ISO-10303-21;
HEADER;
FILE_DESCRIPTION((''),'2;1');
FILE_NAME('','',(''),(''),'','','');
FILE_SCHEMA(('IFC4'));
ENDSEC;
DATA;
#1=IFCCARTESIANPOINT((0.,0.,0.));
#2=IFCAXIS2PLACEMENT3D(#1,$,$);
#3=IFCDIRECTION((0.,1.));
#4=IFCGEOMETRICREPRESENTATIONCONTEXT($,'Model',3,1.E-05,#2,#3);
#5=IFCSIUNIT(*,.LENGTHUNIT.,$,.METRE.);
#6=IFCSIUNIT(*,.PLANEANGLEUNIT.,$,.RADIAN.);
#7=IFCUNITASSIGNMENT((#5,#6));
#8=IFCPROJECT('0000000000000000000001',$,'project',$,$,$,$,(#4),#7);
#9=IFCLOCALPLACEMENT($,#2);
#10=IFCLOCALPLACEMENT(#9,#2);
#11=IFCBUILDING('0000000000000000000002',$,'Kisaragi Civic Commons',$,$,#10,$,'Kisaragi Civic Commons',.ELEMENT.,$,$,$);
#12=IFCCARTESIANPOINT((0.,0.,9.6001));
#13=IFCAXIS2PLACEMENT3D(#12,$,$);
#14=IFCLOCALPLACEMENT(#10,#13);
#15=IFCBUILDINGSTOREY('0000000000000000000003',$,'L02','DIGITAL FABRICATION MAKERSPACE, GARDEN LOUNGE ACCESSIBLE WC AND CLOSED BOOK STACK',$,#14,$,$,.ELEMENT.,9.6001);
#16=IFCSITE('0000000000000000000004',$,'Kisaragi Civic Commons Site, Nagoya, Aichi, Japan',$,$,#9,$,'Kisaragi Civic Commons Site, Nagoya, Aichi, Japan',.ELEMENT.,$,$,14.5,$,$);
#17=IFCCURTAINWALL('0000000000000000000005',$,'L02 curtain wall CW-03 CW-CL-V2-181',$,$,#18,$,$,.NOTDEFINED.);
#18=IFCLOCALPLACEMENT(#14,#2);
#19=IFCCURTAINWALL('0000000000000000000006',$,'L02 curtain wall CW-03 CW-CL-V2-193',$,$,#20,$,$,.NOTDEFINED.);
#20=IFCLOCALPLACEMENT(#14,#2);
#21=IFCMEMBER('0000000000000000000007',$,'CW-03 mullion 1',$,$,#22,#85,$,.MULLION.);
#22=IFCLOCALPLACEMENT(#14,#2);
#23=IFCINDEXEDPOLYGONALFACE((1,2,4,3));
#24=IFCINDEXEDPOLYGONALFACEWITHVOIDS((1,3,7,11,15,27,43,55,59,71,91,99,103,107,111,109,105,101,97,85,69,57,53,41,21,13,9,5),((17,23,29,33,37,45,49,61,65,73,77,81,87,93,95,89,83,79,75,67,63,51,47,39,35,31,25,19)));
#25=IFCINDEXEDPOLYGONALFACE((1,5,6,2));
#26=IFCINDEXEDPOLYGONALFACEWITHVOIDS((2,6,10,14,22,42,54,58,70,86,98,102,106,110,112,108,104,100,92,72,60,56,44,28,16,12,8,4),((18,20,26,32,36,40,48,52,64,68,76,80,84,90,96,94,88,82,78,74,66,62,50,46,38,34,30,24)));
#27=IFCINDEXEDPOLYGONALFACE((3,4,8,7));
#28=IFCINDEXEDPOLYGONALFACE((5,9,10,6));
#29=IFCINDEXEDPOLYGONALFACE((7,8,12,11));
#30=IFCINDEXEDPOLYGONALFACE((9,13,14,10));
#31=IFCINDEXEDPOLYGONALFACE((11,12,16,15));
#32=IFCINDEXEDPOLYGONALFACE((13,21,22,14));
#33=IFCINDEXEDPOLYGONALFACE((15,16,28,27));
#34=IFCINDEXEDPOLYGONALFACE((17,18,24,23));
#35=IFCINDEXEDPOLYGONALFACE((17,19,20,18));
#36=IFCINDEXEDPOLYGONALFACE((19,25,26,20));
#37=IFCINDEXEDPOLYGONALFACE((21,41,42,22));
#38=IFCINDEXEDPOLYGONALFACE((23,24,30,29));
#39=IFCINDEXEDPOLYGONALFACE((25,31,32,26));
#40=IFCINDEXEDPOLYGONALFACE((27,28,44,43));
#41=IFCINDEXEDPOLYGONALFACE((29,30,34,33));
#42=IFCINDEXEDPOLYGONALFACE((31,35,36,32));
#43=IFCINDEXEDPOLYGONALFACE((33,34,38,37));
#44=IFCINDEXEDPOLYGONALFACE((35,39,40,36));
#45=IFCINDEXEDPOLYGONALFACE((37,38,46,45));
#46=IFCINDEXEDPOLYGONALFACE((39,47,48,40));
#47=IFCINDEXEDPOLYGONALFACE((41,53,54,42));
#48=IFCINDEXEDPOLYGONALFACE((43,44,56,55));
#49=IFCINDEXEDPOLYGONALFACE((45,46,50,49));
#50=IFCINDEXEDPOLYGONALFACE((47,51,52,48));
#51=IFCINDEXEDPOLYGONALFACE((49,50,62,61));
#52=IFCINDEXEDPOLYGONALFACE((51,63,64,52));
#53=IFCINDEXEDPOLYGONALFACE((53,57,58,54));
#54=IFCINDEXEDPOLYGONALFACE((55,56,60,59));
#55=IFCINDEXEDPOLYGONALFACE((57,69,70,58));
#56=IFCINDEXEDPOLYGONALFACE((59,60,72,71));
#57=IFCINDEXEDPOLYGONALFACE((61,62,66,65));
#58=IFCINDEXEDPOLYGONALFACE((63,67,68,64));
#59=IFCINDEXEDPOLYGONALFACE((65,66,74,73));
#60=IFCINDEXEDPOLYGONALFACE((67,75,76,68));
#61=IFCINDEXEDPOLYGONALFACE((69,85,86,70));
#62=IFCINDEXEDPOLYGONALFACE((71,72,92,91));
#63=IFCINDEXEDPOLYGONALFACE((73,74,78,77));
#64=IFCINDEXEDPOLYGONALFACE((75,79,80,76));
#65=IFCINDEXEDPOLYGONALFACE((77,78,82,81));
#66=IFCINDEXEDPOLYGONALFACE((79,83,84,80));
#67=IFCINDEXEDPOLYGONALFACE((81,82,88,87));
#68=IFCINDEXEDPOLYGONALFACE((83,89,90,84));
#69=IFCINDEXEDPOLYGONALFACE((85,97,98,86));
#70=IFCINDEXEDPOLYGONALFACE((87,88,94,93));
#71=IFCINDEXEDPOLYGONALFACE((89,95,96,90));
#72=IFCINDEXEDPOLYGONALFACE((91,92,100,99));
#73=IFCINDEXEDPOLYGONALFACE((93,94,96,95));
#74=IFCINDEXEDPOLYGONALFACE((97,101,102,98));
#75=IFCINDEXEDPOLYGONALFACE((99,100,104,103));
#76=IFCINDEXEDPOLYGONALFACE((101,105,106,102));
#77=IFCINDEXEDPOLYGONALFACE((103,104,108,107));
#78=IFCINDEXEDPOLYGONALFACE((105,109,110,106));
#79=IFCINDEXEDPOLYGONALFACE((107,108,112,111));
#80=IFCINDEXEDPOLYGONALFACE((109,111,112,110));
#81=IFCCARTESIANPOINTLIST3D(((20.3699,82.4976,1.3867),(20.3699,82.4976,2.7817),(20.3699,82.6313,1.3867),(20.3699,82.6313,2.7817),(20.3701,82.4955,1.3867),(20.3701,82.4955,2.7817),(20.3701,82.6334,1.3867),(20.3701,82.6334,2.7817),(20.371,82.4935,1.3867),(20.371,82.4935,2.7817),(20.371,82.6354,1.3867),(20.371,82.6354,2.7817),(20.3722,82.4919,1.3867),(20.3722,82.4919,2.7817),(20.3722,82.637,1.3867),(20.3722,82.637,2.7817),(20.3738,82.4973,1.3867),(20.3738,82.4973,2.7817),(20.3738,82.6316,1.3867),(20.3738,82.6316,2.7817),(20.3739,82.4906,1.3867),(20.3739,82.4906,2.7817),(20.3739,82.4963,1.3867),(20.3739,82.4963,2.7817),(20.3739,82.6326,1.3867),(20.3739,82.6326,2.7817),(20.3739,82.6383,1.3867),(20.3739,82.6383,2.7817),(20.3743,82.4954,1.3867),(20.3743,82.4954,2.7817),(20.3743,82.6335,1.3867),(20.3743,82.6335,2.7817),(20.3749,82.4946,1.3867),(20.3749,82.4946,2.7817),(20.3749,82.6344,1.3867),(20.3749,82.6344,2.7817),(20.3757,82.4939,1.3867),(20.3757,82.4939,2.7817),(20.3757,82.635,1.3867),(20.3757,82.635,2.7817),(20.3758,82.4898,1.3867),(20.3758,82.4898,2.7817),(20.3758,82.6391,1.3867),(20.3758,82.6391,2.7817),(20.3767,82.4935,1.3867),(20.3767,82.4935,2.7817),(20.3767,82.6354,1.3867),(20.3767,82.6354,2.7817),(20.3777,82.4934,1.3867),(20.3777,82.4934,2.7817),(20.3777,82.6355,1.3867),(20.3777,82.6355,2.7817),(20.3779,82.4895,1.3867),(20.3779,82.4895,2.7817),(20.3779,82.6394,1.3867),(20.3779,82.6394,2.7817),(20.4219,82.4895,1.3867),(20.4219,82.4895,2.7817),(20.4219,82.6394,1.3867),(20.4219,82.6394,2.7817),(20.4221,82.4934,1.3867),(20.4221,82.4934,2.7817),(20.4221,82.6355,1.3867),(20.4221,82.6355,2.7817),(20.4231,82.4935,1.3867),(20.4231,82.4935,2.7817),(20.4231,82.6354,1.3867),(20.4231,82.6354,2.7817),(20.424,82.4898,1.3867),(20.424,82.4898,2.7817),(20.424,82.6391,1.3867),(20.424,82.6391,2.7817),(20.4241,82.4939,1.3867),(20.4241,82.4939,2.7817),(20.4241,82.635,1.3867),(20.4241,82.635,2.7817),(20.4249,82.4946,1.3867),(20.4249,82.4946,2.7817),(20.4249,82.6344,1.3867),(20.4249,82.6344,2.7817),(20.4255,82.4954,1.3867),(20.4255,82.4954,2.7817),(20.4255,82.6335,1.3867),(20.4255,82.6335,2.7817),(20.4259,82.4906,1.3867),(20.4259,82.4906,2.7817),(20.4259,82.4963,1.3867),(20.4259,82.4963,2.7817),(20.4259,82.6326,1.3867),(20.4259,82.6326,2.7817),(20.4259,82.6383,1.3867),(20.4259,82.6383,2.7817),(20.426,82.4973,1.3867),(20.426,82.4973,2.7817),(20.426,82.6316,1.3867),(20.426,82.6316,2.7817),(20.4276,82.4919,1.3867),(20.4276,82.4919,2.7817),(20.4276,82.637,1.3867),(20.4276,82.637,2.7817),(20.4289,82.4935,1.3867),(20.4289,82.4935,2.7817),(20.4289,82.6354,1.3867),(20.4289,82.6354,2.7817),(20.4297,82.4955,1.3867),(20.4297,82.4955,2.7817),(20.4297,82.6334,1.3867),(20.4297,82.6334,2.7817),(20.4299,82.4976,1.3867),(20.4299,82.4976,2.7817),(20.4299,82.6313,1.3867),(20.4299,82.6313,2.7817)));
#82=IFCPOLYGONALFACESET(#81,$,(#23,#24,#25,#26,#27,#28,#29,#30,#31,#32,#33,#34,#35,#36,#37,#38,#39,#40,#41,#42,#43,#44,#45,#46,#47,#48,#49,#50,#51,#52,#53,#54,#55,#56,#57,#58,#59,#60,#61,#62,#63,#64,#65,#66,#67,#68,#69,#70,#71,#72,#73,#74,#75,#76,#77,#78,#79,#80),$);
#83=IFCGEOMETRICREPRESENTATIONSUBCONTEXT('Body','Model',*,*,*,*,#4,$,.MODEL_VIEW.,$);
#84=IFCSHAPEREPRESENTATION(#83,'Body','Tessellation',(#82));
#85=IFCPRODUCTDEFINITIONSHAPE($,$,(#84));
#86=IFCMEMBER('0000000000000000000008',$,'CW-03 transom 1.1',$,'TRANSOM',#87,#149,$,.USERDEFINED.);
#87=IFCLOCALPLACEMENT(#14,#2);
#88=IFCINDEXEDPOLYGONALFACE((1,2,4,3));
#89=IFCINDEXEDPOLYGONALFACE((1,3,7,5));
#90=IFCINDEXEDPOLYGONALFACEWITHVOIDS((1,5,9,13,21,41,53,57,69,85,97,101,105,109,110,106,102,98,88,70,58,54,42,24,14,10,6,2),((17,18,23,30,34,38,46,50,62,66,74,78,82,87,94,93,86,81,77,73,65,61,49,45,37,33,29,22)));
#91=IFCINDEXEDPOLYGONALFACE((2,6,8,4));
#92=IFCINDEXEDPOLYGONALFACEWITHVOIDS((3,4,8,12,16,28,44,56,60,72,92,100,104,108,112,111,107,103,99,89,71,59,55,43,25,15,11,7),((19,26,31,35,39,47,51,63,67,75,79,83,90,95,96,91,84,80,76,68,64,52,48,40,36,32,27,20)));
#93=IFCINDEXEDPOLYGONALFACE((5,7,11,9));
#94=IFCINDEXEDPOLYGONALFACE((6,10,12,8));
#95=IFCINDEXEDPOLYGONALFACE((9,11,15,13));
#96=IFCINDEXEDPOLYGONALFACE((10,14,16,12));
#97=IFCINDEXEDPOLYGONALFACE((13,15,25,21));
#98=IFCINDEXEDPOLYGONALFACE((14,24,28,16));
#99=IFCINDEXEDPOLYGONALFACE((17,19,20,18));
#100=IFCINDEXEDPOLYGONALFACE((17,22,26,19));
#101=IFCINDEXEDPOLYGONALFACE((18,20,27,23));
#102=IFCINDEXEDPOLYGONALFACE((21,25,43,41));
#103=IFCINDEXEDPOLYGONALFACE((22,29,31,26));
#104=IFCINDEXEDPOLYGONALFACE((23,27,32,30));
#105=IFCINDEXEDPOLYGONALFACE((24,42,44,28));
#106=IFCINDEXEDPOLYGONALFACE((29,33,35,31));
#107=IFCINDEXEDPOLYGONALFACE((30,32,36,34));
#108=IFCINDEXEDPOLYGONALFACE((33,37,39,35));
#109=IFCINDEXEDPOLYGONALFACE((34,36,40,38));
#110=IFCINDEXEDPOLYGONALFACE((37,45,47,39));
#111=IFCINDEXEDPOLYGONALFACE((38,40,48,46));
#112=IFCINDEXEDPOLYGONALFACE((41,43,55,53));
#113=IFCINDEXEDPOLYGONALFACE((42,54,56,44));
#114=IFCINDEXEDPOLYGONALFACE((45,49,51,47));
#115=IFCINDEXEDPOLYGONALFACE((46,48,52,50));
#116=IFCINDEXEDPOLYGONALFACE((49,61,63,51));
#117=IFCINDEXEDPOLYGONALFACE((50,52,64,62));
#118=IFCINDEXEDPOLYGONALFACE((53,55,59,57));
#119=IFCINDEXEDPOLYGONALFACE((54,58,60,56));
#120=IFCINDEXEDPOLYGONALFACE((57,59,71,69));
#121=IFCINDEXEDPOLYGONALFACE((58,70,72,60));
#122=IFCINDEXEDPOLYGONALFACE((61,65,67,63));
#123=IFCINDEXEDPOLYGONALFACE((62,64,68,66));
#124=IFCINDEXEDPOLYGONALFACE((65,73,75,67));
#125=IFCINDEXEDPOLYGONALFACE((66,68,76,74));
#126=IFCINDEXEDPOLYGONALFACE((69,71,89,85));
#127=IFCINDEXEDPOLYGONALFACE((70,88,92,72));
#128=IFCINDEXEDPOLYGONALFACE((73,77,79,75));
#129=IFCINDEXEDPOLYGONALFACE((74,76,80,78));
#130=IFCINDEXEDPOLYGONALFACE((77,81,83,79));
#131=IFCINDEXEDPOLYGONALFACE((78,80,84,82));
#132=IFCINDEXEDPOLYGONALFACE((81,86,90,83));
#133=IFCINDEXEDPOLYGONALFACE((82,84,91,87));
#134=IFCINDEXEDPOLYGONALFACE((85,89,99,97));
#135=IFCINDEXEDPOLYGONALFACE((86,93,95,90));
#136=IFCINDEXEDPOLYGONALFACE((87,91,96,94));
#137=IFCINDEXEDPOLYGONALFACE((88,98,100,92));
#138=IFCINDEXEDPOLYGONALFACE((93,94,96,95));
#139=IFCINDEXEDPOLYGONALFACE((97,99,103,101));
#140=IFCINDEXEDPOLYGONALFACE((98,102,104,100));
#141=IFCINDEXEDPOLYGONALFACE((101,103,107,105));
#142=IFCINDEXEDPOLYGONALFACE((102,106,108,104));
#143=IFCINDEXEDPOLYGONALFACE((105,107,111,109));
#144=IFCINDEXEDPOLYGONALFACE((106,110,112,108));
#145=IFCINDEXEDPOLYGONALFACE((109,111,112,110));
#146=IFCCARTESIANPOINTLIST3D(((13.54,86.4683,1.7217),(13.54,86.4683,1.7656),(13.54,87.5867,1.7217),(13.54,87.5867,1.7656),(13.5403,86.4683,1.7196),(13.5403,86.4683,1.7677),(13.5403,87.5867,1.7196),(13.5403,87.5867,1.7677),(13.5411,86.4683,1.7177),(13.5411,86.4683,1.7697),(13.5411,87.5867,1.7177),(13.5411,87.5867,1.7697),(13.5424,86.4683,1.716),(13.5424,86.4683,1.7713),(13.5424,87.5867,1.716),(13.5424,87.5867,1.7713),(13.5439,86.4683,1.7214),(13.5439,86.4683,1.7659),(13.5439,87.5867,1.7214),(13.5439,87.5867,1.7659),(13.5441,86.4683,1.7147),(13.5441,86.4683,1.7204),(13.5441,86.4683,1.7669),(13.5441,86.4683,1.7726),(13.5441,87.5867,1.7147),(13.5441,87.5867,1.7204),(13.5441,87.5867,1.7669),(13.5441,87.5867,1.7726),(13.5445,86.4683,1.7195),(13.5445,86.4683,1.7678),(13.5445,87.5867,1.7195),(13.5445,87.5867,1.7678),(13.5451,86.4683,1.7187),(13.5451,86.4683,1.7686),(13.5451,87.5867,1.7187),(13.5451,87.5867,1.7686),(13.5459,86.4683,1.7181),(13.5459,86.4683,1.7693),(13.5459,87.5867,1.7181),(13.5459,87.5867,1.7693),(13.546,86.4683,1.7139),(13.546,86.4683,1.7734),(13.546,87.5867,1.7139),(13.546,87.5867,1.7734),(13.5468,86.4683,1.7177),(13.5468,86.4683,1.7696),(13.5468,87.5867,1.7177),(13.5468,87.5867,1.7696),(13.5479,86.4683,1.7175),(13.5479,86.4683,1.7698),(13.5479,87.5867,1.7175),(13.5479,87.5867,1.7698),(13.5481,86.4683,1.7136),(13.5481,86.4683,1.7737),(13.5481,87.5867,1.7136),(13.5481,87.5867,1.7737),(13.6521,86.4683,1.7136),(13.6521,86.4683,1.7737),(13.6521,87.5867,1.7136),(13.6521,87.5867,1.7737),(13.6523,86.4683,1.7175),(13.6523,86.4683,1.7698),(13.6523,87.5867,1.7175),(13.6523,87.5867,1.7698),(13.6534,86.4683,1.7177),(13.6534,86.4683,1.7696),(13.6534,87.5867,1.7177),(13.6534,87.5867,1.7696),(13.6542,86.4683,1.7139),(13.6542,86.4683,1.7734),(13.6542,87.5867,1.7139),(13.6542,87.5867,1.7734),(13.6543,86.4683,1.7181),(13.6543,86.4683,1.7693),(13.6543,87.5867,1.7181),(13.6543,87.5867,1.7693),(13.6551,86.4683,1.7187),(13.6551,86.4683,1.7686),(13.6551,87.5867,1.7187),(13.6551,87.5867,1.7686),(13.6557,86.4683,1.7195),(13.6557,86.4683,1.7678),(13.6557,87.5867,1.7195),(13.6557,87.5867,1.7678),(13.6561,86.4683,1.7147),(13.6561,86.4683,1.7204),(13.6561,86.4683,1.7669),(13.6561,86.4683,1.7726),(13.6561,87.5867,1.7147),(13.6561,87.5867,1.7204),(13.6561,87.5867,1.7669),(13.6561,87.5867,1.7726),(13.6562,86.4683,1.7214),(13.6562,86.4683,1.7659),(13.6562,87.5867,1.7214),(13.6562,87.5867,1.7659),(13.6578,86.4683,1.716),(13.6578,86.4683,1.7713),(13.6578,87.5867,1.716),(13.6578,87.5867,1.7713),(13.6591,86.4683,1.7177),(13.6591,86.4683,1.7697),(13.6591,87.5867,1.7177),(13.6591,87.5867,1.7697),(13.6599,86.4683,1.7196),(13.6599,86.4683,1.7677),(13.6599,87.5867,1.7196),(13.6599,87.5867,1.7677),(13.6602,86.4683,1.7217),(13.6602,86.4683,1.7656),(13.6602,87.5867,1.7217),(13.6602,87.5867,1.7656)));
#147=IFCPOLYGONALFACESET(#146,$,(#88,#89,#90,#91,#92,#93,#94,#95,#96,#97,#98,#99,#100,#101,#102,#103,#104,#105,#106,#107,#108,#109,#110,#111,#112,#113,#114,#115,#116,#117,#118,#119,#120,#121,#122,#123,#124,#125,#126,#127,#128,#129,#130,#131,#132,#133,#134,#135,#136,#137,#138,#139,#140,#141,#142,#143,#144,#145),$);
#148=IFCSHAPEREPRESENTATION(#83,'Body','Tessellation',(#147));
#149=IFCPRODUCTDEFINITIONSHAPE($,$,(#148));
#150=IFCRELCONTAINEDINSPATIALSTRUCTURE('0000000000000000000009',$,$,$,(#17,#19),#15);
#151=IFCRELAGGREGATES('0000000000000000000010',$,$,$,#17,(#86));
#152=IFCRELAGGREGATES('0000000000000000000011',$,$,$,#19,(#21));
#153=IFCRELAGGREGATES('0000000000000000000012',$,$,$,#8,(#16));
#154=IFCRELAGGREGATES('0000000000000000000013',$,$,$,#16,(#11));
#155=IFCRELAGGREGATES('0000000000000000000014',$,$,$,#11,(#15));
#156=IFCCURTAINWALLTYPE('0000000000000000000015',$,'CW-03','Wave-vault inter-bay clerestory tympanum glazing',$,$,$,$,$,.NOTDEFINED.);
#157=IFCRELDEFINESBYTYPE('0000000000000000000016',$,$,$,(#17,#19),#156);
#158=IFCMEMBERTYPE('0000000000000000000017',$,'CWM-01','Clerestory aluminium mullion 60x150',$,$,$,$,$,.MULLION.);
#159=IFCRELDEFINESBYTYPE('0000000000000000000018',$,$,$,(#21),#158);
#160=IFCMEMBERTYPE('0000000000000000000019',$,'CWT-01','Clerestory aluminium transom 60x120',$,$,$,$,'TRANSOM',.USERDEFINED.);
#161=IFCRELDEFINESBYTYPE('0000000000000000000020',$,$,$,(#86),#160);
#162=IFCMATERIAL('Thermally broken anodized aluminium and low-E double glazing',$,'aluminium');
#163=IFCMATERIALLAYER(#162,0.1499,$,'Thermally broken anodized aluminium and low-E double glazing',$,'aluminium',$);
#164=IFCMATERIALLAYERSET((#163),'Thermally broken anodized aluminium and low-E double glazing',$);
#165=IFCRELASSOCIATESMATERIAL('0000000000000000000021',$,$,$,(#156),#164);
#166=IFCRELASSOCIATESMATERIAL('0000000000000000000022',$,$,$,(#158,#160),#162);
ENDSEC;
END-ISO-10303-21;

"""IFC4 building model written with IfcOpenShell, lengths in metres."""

from ifc_helpers import new_model, si_unit, direction, frame, origin, origin_2d, place, context, subcontext, project, spatial, hollow_rectangle, extrude, material, layer, layer_set, material_profile, profile_set, type_object, element, aggregate, save


model = new_model("IFC4")

# Units and contexts
model_context = context("Model", 3, precision=1e-05, world=origin(), true_north=direction((0.0, 1.0)))
body_context = subcontext(model_context, "Body", "Model", "MODEL_VIEW")
ifc_project = project(units=[si_unit("LENGTHUNIT", "METRE"), si_unit("PLANEANGLEUNIT", "RADIAN")], contexts=[model_context])

# Site, building, storey
site_placement = place(None, origin())
site = spatial("IfcSite", under=ifc_project, at=site_placement, Name="Kisaragi Civic Commons Site, Nagoya, Aichi, Japan", LongName="Kisaragi Civic Commons Site, Nagoya, Aichi, Japan", CompositionType="ELEMENT", RefElevation=14.5)
building_placement = place(site_placement, origin())
building = spatial("IfcBuilding", under=site, at=building_placement, Name="Kisaragi Civic Commons", LongName="Kisaragi Civic Commons", CompositionType="ELEMENT")
storey_placement = place(building_placement, frame((0.0, 0.0, 9.6001)))
storey = spatial("IfcBuildingStorey", under=building, at=storey_placement, Name="L02", Description="DIGITAL FABRICATION MAKERSPACE, GARDEN LOUNGE ACCESSIBLE WC AND CLOSED BOOK STACK", CompositionType="ELEMENT", Elevation=9.6001)

# Curtain walls, member
ifc_material_1 = material(Name="Thermally broken anodized aluminium and low-E double glazing", Category="aluminium")
ifc_layer_1 = layer(ifc_material_1, 0.1499, Name="Thermally broken anodized aluminium and low-E double glazing", Category="aluminium")
ifc_layer_set_1 = layer_set([ifc_layer_1], Name="Thermally broken anodized aluminium and low-E double glazing")
curtain_wall_type = type_object("IfcCurtainWallType", Name="CW-03", Description="Wave-vault inter-bay clerestory tympanum glazing", PredefinedType="NOTDEFINED", material=ifc_layer_set_1)
ifc_material_profile_1 = material_profile(ifc_material_1, hollow_rectangle(XDim=0.0601, YDim=0.1499, WallThickness=0.0039, InnerFilletRadius=0.0039, OuterFilletRadius=0.0081, at=origin_2d()), Name="CWM-60x150x4", Category="aluminium")
ifc_profile_set_1 = profile_set([ifc_material_profile_1], Name="Thermally broken anodized aluminium and low-E double glazing")
member_type_1 = type_object("IfcMemberType", Name="CWM-01", Description="Clerestory aluminium mullion 60x150", PredefinedType="MULLION", material=ifc_profile_set_1)
curtain_wall_1_placement = place(storey_placement, origin())
curtain_wall_1 = element("IfcCurtainWall", 1, at=curtain_wall_1_placement, inside=storey, type_object=curtain_wall_type, Name="L02 curtain wall CW-03 CW-CL-V2-181", PredefinedType="NOTDEFINED")
curtain_wall_2_placement = place(storey_placement, origin())
curtain_wall_2 = element("IfcCurtainWall", 2, at=curtain_wall_2_placement, inside=storey, type_object=curtain_wall_type, Name="L02 curtain wall CW-03 CW-CL-V2-193", PredefinedType="NOTDEFINED")
member_1_placement = place(storey_placement, frame((20.3999, 82.5645, 1.3867), z_axis=(0.0, 0.0, 1.0), x_axis=(-1.0, 0.0, 0.0)))
member_1 = element("IfcMember", 3, at=member_1_placement, type_object=member_type_1, Name="CW-03 mullion 1", PredefinedType="MULLION", context=body_context, shape_type="SweptSolid", body=[
    extrude(hollow_rectangle(XDim=0.0601, YDim=0.1499, WallThickness=0.0039, InnerFilletRadius=0.0039, OuterFilletRadius=0.0081, at=origin_2d()), origin(), (0.0, 0.0, 1.0), 1.395),
])

# Member
ifc_material_profile_2 = material_profile(ifc_material_1, hollow_rectangle(XDim=0.1201, YDim=0.0601, WallThickness=0.0039, InnerFilletRadius=0.0039, OuterFilletRadius=0.0081, at=origin_2d()), Name="CWT-60x120x4", Category="aluminium")
ifc_profile_set_2 = profile_set([ifc_material_profile_2], Name="Thermally broken anodized aluminium and low-E double glazing")
member_type_2 = type_object("IfcMemberType", Name="CWT-01", Description="Clerestory aluminium transom 60x120", ElementType="TRANSOM", PredefinedType="USERDEFINED", material=ifc_profile_set_2)
member_2_placement = place(storey_placement, frame((13.6001, 86.4683, 1.7437), z_axis=(0.0, 1.0, 0.0), x_axis=(-1.0, 0.0, 0.0)))
member_2 = element("IfcMember", 4, at=member_2_placement, type_object=member_type_2, Name="CW-03 transom 1.1", ObjectType="TRANSOM", PredefinedType="USERDEFINED", context=body_context, shape_type="SweptSolid", body=[
    extrude(hollow_rectangle(XDim=0.1201, YDim=0.0601, WallThickness=0.0039, InnerFilletRadius=0.0039, OuterFilletRadius=0.0081, at=origin_2d()), origin(), (0.0, 0.0, 1.0), 1.1184),
])

aggregate(curtain_wall_1, [member_2])
aggregate(curtain_wall_2, [member_1])

save(model, "model.ifc")
